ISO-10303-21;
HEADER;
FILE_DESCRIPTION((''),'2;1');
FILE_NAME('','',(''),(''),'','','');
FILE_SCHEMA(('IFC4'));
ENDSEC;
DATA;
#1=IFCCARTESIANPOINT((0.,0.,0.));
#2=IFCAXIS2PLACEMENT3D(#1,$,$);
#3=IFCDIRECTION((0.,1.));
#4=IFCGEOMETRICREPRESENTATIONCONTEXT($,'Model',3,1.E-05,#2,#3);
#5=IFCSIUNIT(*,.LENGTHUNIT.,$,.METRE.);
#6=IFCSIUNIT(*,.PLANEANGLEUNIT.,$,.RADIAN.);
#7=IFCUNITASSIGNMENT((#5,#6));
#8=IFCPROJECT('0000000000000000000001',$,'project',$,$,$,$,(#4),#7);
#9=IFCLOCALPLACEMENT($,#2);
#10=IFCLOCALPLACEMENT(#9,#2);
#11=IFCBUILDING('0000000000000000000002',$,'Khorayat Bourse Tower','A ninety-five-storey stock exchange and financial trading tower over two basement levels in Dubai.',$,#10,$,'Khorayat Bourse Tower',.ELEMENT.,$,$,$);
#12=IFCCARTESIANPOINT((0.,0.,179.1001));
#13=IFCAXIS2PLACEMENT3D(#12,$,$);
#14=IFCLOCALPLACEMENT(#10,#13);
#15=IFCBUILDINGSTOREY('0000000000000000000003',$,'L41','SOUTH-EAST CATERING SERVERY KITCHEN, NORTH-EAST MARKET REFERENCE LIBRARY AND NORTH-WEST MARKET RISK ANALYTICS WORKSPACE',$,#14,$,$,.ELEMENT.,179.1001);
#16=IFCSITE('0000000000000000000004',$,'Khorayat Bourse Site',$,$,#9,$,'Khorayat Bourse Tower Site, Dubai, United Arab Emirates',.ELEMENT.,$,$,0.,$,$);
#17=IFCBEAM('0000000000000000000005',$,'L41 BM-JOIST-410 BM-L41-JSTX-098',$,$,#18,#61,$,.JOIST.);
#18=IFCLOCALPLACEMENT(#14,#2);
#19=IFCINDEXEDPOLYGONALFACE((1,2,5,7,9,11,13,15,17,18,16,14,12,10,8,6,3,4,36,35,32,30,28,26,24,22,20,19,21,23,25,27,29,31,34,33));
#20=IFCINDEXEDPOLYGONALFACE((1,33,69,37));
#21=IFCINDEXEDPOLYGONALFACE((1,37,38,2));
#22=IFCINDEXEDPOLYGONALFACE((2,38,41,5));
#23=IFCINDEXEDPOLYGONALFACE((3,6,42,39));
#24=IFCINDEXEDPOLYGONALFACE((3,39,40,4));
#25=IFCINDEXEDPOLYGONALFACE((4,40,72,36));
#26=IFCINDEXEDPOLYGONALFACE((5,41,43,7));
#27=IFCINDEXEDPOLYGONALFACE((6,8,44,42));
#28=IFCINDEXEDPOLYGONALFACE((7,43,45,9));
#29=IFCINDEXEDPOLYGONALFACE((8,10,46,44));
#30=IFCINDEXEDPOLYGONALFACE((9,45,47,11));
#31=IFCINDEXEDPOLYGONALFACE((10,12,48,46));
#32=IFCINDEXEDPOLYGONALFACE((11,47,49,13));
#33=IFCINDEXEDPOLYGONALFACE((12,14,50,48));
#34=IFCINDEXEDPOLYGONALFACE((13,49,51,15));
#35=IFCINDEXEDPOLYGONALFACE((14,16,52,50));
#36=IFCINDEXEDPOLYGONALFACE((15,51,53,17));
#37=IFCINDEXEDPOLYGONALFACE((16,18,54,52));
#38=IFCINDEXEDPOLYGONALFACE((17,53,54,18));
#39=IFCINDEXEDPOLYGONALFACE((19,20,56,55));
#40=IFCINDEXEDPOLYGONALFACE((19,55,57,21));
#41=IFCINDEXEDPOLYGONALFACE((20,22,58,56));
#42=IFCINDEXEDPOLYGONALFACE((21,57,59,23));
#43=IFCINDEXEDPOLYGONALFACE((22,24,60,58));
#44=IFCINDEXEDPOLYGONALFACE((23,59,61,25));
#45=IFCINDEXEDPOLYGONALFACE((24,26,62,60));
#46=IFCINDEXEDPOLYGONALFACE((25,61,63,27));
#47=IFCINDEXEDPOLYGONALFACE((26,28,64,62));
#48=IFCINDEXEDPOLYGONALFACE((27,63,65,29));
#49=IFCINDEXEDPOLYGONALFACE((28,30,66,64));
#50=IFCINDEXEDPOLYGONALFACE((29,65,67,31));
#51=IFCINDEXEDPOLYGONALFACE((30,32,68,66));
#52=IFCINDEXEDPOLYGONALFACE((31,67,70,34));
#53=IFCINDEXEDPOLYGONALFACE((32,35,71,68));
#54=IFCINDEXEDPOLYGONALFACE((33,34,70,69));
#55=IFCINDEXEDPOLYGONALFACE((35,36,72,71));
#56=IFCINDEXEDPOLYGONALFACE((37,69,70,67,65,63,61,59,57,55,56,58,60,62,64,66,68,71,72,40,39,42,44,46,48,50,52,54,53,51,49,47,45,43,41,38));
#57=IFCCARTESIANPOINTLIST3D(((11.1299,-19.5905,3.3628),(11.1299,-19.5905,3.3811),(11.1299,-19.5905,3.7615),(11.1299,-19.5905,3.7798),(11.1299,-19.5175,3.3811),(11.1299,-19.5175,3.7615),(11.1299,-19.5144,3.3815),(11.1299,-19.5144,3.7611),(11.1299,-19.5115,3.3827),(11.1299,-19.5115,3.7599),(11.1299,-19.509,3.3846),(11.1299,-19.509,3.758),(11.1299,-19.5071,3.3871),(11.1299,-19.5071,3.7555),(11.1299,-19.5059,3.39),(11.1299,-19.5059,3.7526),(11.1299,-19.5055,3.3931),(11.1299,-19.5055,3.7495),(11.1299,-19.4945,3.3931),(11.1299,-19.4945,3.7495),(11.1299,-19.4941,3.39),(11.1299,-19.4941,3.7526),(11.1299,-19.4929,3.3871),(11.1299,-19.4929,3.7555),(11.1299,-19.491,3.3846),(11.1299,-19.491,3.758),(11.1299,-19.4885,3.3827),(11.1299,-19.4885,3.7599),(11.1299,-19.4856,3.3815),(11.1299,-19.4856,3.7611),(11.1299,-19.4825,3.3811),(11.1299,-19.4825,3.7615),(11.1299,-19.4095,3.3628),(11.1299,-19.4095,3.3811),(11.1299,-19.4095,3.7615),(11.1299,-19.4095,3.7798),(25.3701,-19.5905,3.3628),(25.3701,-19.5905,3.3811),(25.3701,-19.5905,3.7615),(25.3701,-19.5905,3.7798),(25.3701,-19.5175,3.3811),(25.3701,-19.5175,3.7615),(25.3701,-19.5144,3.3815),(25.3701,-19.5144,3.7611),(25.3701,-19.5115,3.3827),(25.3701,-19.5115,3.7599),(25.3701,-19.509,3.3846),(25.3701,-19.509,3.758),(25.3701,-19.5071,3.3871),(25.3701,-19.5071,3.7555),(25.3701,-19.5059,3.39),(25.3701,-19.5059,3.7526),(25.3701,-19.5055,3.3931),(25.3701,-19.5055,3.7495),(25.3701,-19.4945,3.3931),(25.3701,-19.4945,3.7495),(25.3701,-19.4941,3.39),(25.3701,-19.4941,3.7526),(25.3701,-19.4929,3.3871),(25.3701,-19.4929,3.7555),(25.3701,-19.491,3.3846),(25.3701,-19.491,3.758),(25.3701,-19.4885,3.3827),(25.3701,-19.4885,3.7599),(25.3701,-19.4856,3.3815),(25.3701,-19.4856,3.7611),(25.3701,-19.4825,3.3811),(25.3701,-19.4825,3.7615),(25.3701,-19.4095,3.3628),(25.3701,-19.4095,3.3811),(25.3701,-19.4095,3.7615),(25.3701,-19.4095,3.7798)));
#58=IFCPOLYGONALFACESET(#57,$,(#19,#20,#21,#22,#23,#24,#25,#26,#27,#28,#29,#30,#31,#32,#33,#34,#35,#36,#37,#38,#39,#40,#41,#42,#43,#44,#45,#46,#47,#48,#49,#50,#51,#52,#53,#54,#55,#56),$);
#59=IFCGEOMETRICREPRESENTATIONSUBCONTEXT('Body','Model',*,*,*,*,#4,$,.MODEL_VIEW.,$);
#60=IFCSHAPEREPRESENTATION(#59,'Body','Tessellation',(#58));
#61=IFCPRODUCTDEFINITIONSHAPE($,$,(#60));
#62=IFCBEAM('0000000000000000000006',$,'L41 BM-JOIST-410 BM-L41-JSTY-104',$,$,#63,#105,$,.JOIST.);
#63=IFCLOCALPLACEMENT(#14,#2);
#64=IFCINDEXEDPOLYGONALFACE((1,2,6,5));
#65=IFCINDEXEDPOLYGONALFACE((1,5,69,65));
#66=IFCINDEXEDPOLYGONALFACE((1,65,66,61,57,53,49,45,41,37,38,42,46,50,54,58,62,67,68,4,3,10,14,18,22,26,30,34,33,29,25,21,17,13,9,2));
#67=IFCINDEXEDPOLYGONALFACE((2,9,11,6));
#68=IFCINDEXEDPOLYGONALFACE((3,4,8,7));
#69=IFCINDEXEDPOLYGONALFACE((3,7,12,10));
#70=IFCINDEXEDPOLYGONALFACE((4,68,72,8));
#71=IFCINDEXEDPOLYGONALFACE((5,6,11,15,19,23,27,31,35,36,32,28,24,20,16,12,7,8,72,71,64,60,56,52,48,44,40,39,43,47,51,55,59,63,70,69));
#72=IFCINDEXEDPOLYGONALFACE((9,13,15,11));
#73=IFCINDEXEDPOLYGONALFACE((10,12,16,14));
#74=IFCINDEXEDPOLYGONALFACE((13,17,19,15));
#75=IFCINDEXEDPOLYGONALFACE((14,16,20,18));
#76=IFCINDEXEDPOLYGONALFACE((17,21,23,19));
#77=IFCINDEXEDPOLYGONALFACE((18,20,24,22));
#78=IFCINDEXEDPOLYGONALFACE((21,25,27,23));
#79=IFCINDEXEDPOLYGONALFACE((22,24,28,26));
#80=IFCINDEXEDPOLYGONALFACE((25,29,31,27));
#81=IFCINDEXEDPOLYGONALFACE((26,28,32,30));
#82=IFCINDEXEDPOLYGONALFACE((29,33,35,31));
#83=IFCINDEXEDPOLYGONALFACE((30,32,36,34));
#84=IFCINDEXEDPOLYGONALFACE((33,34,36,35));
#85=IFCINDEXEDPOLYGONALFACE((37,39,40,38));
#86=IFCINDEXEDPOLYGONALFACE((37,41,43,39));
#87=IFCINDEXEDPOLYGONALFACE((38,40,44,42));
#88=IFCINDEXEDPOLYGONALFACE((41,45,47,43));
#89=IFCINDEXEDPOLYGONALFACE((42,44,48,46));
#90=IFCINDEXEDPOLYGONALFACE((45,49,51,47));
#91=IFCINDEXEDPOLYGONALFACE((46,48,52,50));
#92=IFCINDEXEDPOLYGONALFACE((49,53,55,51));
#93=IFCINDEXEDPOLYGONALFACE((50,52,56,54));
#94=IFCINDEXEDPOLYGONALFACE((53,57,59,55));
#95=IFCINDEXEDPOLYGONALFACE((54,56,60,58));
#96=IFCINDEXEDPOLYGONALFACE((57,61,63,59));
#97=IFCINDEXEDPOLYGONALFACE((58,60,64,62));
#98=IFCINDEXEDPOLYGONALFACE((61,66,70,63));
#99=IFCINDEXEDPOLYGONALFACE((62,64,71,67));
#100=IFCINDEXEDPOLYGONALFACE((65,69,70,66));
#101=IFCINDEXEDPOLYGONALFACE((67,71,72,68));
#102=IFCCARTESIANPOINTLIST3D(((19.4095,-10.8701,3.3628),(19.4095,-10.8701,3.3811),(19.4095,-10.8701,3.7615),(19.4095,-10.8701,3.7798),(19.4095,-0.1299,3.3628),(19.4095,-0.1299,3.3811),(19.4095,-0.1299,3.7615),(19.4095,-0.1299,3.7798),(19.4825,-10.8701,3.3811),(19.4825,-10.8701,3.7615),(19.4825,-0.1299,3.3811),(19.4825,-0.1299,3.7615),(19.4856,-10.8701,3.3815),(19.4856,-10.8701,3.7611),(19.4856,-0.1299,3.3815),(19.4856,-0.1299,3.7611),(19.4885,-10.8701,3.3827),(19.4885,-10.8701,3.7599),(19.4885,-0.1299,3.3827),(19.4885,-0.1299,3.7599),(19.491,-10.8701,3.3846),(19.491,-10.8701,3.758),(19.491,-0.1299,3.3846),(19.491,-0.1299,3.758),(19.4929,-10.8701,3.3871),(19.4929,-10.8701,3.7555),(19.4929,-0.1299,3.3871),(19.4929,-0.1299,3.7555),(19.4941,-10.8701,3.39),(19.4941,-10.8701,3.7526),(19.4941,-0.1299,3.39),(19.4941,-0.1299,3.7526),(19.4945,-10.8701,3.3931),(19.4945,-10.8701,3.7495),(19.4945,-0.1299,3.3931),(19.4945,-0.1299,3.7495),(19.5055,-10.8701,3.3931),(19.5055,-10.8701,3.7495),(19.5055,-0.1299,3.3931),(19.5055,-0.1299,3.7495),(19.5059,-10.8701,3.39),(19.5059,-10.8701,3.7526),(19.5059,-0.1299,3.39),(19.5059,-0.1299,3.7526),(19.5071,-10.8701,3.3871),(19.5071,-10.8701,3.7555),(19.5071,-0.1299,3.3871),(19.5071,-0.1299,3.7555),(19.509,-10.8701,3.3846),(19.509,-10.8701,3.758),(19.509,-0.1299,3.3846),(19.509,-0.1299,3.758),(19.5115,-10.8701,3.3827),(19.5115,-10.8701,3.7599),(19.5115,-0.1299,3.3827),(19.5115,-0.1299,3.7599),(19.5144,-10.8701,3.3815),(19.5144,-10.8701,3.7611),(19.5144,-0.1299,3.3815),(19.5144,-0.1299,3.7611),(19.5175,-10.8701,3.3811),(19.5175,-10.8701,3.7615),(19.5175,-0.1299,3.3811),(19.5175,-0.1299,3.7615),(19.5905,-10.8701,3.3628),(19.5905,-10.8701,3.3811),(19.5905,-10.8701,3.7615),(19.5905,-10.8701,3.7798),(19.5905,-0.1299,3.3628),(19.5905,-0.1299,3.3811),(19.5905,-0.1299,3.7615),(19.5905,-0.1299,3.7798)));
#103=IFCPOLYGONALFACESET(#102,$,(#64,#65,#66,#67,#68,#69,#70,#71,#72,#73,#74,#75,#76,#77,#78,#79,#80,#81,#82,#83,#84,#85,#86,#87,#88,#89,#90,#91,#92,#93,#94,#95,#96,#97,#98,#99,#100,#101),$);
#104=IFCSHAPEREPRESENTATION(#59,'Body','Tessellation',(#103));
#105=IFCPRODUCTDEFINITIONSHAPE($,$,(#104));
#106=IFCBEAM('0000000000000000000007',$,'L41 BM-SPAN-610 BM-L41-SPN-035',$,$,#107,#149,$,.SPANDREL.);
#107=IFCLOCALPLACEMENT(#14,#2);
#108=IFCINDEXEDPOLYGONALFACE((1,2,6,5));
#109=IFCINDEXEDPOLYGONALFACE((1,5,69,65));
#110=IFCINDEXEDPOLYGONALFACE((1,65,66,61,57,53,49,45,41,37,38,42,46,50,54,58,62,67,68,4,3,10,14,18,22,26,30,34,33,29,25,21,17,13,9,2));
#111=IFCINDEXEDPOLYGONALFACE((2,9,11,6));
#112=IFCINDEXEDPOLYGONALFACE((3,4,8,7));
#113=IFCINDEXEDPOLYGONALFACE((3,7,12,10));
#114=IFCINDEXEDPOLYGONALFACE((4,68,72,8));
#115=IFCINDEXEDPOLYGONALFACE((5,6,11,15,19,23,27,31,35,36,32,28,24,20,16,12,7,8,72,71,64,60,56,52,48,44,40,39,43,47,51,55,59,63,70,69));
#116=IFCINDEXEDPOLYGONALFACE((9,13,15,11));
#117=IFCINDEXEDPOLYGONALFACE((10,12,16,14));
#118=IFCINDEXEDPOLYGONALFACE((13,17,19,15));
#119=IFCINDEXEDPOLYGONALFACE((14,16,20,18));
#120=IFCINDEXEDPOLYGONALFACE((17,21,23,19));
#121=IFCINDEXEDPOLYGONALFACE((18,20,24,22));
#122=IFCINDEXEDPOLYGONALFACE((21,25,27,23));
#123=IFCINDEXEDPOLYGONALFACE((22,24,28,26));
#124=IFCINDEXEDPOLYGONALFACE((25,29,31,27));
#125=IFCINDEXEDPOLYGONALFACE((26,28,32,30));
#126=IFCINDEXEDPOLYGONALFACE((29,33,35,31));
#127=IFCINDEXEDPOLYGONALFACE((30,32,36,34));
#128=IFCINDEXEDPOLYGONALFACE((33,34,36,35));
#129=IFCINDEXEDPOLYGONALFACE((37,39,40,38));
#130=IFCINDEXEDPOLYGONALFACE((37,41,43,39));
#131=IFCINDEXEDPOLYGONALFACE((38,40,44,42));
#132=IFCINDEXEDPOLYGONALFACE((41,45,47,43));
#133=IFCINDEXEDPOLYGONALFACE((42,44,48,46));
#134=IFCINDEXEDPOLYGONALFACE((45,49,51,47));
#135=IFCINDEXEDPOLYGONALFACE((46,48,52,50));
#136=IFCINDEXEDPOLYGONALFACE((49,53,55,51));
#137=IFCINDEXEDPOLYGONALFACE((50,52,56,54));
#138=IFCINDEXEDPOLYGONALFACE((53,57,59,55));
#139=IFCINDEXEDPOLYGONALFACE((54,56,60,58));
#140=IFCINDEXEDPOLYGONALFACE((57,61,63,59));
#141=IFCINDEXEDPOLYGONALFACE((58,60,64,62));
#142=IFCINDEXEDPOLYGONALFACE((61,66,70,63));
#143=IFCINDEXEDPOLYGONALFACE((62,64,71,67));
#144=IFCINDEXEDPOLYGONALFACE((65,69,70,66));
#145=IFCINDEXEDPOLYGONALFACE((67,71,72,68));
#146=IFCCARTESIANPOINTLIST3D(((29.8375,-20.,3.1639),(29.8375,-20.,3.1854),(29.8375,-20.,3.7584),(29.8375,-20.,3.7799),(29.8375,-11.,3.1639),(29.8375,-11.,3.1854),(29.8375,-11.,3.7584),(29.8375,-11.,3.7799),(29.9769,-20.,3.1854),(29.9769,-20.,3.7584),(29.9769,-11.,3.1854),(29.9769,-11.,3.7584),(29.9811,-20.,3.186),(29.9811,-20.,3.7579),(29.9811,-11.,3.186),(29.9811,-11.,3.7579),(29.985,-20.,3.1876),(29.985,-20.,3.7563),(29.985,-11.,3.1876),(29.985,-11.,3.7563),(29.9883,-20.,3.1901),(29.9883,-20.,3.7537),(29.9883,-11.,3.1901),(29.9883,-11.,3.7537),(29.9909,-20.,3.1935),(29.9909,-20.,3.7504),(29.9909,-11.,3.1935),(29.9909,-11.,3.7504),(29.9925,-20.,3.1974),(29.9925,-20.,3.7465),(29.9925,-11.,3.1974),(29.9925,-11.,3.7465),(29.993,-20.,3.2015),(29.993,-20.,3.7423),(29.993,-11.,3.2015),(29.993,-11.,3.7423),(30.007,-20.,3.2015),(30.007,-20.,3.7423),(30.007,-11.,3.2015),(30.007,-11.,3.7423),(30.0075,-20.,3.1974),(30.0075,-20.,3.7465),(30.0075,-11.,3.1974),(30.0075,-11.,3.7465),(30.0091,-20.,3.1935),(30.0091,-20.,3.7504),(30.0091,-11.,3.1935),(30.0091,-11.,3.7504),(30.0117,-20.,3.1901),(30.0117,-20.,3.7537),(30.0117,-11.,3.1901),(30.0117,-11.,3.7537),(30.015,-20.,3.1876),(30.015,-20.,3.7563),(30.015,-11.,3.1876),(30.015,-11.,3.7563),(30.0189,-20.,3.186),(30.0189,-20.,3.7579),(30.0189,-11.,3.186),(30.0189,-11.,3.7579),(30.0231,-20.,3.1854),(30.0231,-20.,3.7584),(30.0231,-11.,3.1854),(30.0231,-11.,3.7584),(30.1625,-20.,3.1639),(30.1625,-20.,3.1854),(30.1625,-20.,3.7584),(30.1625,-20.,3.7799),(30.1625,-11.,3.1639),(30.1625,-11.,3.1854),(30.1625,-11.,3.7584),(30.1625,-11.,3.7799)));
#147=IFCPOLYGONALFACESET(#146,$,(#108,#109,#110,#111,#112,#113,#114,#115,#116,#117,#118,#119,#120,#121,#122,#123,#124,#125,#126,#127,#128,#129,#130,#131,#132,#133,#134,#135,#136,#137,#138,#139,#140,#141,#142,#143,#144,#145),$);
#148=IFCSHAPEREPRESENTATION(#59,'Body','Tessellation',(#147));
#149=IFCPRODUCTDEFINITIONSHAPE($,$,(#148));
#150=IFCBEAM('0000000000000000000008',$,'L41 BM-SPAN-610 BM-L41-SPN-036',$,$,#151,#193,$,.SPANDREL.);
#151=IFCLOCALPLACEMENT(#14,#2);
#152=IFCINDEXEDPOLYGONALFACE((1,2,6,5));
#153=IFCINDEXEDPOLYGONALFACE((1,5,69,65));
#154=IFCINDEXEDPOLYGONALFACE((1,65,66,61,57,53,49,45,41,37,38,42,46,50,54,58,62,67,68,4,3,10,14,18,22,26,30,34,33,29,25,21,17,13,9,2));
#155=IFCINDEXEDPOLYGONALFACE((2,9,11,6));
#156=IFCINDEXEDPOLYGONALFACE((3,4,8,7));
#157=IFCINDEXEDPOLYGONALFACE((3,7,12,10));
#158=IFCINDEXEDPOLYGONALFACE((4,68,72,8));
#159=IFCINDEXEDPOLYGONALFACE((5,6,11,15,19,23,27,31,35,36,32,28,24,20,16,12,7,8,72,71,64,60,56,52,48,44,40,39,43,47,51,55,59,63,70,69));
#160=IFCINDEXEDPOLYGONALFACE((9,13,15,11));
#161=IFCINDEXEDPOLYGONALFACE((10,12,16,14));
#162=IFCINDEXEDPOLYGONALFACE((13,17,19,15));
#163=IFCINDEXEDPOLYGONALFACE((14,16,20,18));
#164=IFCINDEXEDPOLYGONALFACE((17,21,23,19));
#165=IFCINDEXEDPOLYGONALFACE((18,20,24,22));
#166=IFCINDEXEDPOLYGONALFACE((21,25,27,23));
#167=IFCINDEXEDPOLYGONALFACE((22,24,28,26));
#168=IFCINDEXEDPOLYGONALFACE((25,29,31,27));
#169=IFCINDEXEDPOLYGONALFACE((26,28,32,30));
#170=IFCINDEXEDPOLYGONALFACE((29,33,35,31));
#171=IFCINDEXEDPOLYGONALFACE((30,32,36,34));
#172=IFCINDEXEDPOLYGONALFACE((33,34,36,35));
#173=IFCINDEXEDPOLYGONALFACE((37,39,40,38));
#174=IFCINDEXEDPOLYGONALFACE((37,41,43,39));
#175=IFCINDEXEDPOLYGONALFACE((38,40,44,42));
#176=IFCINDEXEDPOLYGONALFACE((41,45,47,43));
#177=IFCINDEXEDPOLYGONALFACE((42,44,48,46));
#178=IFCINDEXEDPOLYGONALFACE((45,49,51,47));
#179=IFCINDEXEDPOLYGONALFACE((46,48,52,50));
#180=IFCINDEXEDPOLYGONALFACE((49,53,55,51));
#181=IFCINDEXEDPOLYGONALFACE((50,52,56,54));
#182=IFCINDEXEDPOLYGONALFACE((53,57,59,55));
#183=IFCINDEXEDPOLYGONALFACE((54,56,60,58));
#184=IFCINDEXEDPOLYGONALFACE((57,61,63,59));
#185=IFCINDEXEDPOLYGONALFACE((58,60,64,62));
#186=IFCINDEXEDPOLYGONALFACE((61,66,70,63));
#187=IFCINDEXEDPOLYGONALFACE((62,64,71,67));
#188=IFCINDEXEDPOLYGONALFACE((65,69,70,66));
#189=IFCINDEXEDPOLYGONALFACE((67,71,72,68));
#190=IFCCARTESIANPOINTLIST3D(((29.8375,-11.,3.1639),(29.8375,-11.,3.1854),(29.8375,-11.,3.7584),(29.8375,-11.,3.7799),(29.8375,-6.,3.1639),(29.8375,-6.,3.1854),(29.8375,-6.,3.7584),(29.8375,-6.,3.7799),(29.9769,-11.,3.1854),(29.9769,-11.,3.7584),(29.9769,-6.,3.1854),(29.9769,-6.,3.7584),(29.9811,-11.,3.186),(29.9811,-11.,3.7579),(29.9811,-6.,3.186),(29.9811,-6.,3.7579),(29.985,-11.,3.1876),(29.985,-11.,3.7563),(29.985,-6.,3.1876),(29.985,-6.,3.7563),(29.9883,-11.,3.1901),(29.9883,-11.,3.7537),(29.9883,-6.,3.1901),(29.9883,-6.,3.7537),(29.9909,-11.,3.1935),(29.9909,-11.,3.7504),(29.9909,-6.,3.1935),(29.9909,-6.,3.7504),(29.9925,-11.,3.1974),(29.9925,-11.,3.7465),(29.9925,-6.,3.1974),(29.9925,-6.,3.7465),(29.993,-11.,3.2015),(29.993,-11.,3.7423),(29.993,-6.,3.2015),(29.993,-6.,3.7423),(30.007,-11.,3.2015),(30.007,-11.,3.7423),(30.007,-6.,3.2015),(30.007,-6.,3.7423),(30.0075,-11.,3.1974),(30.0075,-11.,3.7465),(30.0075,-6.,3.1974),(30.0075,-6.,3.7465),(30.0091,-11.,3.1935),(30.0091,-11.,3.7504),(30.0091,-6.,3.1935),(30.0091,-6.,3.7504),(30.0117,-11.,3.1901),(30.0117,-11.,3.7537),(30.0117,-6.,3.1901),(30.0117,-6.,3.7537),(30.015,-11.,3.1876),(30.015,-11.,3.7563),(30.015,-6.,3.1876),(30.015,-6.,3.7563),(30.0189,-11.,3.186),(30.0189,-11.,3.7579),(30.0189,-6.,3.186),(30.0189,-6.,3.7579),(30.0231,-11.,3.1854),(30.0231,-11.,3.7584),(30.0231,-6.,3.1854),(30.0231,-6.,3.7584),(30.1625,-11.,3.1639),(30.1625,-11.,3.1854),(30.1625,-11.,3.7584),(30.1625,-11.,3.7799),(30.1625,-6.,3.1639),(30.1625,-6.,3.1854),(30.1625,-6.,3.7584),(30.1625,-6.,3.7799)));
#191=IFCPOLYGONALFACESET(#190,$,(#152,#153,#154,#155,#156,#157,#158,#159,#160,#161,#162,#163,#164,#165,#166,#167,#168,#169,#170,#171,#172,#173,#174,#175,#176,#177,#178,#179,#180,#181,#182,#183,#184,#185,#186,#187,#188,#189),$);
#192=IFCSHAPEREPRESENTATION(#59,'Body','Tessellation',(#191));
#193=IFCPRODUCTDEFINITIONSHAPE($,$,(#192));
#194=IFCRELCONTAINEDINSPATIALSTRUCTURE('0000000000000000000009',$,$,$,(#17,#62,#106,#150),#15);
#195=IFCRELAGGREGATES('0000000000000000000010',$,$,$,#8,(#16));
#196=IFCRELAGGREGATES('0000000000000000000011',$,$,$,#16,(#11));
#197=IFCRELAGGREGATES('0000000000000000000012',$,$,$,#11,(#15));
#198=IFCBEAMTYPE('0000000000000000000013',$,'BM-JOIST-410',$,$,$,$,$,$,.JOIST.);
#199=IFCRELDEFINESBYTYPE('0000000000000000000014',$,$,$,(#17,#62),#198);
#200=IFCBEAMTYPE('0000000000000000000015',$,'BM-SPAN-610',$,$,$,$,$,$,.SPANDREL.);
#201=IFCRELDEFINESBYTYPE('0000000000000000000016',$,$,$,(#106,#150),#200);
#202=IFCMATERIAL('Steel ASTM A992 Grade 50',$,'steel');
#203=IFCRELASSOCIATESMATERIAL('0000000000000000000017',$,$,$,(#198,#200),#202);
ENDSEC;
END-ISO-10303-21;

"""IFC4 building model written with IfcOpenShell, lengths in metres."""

from ifc_helpers import new_model, si_unit, direction, frame, origin, origin_2d, place, context, subcontext, project, spatial, i_section, extrude, source, transform, mapped, material, material_profile, profile_set, type_object, element, save


model = new_model("IFC4")

# Units and contexts
model_context = context("Model", 3, precision=1e-05, world=origin(), true_north=direction((0.0, 1.0)))
body_context = subcontext(model_context, "Body", "Model", "MODEL_VIEW")
ifc_project = project(units=[si_unit("LENGTHUNIT", "METRE"), si_unit("PLANEANGLEUNIT", "RADIAN")], contexts=[model_context])

# Site, building, storey
site_placement = place(None, origin())
site = spatial("IfcSite", under=ifc_project, at=site_placement, Name="Khorayat Bourse Site", LongName="Khorayat Bourse Tower Site, Dubai, United Arab Emirates", CompositionType="ELEMENT", RefElevation=0.0)
building_placement = place(site_placement, origin())
building = spatial("IfcBuilding", under=site, at=building_placement, Name="Khorayat Bourse Tower", Description="A ninety-five-storey stock exchange and financial trading tower over two basement levels in Dubai.", LongName="Khorayat Bourse Tower", CompositionType="ELEMENT")
storey_placement = place(building_placement, frame((0.0, 0.0, 179.1001)))
storey = spatial("IfcBuildingStorey", under=building, at=storey_placement, Name="L41", Description="SOUTH-EAST CATERING SERVERY KITCHEN, NORTH-EAST MARKET REFERENCE LIBRARY AND NORTH-WEST MARKET RISK ANALYTICS WORKSPACE", CompositionType="ELEMENT", Elevation=179.1001)

# Beams
ifc_material_1 = material(Name="Steel ASTM A992 Grade 50", Category="steel")
ifc_material_profile_1 = material_profile(ifc_material_1, i_section(OverallWidth=0.1809, OverallDepth=0.417, WebThickness=0.011, FlangeThickness=0.0183, FilletRadius=0.012, at=origin_2d()), Name="W410X85")
ifc_profile_set_1 = profile_set([ifc_material_profile_1], Name="Steel ASTM A992 Grade 50")
beam_type_1 = type_object("IfcBeamType", Name="BM-JOIST-410", PredefinedType="JOIST", material=ifc_profile_set_1)
shared_shape_1 = source(origin(), body_context, "Body", "SweptSolid", [
    extrude(i_section(OverallWidth=0.1809, OverallDepth=0.417, WebThickness=0.011, FlangeThickness=0.0183, FilletRadius=0.012, at=origin_2d()), origin(), (0.0, 0.0, 1.0), 14.2402),
])
beam_1_placement = place(storey_placement, frame((11.1299, -19.5, 3.5713), z_axis=(1.0, 0.0, 0.0), x_axis=(0.0, 1.0, 0.0)))
element("IfcBeam", 1, at=beam_1_placement, inside=storey, type_object=beam_type_1, Name="L41 BM-JOIST-410 BM-L41-JSTX-098", PredefinedType="JOIST", context=body_context, shape_type="MappedRepresentation", body=[
    mapped(shared_shape_1, transform((0.0, 0.0, 0.0), scale=1.0)),
])
shared_shape_2 = source(origin(), body_context, "Body", "SweptSolid", [
    extrude(i_section(OverallWidth=0.1809, OverallDepth=0.417, WebThickness=0.011, FlangeThickness=0.0183, FilletRadius=0.012, at=origin_2d()), origin(), (0.0, 0.0, 1.0), 10.7402),
])
beam_2_placement = place(storey_placement, frame((19.5, -10.8701, 3.5713), z_axis=(0.0, 1.0, 0.0), x_axis=(-1.0, 0.0, 0.0)))
element("IfcBeam", 2, at=beam_2_placement, inside=storey, type_object=beam_type_1, Name="L41 BM-JOIST-410 BM-L41-JSTY-104", PredefinedType="JOIST", context=body_context, shape_type="MappedRepresentation", body=[
    mapped(shared_shape_2, transform((0.0, 0.0, 0.0), scale=1.0)),
])
ifc_material_profile_2 = material_profile(ifc_material_1, i_section(OverallWidth=0.325, OverallDepth=0.616, WebThickness=0.0139, FlangeThickness=0.0215, FilletRadius=0.0161, at=origin_2d()), Name="W610X174")
ifc_profile_set_2 = profile_set([ifc_material_profile_2], Name="Steel ASTM A992 Grade 50")
beam_type_2 = type_object("IfcBeamType", Name="BM-SPAN-610", PredefinedType="SPANDREL", material=ifc_profile_set_2)
shared_shape_3 = source(origin(), body_context, "Body", "SweptSolid", [
    extrude(i_section(OverallWidth=0.325, OverallDepth=0.616, WebThickness=0.0139, FlangeThickness=0.0215, FilletRadius=0.0161, at=origin_2d()), origin(), (0.0, 0.0, 1.0), 9.0),
])
beam_3_placement = place(storey_placement, frame((30.0, -20.0, 3.4719), z_axis=(0.0, 1.0, 0.0), x_axis=(-1.0, 0.0, 0.0)))
element("IfcBeam", 3, at=beam_3_placement, inside=storey, type_object=beam_type_2, Name="L41 BM-SPAN-610 BM-L41-SPN-035", PredefinedType="SPANDREL", context=body_context, shape_type="MappedRepresentation", body=[
    mapped(shared_shape_3, transform((0.0, 0.0, 0.0), scale=1.0)),
])
shared_shape_4 = source(origin(), body_context, "Body", "SweptSolid", [
    extrude(i_section(OverallWidth=0.325, OverallDepth=0.616, WebThickness=0.0139, FlangeThickness=0.0215, FilletRadius=0.0161, at=origin_2d()), origin(), (0.0, 0.0, 1.0), 5.0),
])
beam_4_placement = place(storey_placement, frame((30.0, -11.0, 3.4719), z_axis=(0.0, 1.0, 0.0), x_axis=(-1.0, 0.0, 0.0)))
element("IfcBeam", 4, at=beam_4_placement, inside=storey, type_object=beam_type_2, Name="L41 BM-SPAN-610 BM-L41-SPN-036", PredefinedType="SPANDREL", context=body_context, shape_type="MappedRepresentation", body=[
    mapped(shared_shape_4, transform((0.0, 0.0, 0.0), scale=1.0)),
])

save(model, "model.ifc")
